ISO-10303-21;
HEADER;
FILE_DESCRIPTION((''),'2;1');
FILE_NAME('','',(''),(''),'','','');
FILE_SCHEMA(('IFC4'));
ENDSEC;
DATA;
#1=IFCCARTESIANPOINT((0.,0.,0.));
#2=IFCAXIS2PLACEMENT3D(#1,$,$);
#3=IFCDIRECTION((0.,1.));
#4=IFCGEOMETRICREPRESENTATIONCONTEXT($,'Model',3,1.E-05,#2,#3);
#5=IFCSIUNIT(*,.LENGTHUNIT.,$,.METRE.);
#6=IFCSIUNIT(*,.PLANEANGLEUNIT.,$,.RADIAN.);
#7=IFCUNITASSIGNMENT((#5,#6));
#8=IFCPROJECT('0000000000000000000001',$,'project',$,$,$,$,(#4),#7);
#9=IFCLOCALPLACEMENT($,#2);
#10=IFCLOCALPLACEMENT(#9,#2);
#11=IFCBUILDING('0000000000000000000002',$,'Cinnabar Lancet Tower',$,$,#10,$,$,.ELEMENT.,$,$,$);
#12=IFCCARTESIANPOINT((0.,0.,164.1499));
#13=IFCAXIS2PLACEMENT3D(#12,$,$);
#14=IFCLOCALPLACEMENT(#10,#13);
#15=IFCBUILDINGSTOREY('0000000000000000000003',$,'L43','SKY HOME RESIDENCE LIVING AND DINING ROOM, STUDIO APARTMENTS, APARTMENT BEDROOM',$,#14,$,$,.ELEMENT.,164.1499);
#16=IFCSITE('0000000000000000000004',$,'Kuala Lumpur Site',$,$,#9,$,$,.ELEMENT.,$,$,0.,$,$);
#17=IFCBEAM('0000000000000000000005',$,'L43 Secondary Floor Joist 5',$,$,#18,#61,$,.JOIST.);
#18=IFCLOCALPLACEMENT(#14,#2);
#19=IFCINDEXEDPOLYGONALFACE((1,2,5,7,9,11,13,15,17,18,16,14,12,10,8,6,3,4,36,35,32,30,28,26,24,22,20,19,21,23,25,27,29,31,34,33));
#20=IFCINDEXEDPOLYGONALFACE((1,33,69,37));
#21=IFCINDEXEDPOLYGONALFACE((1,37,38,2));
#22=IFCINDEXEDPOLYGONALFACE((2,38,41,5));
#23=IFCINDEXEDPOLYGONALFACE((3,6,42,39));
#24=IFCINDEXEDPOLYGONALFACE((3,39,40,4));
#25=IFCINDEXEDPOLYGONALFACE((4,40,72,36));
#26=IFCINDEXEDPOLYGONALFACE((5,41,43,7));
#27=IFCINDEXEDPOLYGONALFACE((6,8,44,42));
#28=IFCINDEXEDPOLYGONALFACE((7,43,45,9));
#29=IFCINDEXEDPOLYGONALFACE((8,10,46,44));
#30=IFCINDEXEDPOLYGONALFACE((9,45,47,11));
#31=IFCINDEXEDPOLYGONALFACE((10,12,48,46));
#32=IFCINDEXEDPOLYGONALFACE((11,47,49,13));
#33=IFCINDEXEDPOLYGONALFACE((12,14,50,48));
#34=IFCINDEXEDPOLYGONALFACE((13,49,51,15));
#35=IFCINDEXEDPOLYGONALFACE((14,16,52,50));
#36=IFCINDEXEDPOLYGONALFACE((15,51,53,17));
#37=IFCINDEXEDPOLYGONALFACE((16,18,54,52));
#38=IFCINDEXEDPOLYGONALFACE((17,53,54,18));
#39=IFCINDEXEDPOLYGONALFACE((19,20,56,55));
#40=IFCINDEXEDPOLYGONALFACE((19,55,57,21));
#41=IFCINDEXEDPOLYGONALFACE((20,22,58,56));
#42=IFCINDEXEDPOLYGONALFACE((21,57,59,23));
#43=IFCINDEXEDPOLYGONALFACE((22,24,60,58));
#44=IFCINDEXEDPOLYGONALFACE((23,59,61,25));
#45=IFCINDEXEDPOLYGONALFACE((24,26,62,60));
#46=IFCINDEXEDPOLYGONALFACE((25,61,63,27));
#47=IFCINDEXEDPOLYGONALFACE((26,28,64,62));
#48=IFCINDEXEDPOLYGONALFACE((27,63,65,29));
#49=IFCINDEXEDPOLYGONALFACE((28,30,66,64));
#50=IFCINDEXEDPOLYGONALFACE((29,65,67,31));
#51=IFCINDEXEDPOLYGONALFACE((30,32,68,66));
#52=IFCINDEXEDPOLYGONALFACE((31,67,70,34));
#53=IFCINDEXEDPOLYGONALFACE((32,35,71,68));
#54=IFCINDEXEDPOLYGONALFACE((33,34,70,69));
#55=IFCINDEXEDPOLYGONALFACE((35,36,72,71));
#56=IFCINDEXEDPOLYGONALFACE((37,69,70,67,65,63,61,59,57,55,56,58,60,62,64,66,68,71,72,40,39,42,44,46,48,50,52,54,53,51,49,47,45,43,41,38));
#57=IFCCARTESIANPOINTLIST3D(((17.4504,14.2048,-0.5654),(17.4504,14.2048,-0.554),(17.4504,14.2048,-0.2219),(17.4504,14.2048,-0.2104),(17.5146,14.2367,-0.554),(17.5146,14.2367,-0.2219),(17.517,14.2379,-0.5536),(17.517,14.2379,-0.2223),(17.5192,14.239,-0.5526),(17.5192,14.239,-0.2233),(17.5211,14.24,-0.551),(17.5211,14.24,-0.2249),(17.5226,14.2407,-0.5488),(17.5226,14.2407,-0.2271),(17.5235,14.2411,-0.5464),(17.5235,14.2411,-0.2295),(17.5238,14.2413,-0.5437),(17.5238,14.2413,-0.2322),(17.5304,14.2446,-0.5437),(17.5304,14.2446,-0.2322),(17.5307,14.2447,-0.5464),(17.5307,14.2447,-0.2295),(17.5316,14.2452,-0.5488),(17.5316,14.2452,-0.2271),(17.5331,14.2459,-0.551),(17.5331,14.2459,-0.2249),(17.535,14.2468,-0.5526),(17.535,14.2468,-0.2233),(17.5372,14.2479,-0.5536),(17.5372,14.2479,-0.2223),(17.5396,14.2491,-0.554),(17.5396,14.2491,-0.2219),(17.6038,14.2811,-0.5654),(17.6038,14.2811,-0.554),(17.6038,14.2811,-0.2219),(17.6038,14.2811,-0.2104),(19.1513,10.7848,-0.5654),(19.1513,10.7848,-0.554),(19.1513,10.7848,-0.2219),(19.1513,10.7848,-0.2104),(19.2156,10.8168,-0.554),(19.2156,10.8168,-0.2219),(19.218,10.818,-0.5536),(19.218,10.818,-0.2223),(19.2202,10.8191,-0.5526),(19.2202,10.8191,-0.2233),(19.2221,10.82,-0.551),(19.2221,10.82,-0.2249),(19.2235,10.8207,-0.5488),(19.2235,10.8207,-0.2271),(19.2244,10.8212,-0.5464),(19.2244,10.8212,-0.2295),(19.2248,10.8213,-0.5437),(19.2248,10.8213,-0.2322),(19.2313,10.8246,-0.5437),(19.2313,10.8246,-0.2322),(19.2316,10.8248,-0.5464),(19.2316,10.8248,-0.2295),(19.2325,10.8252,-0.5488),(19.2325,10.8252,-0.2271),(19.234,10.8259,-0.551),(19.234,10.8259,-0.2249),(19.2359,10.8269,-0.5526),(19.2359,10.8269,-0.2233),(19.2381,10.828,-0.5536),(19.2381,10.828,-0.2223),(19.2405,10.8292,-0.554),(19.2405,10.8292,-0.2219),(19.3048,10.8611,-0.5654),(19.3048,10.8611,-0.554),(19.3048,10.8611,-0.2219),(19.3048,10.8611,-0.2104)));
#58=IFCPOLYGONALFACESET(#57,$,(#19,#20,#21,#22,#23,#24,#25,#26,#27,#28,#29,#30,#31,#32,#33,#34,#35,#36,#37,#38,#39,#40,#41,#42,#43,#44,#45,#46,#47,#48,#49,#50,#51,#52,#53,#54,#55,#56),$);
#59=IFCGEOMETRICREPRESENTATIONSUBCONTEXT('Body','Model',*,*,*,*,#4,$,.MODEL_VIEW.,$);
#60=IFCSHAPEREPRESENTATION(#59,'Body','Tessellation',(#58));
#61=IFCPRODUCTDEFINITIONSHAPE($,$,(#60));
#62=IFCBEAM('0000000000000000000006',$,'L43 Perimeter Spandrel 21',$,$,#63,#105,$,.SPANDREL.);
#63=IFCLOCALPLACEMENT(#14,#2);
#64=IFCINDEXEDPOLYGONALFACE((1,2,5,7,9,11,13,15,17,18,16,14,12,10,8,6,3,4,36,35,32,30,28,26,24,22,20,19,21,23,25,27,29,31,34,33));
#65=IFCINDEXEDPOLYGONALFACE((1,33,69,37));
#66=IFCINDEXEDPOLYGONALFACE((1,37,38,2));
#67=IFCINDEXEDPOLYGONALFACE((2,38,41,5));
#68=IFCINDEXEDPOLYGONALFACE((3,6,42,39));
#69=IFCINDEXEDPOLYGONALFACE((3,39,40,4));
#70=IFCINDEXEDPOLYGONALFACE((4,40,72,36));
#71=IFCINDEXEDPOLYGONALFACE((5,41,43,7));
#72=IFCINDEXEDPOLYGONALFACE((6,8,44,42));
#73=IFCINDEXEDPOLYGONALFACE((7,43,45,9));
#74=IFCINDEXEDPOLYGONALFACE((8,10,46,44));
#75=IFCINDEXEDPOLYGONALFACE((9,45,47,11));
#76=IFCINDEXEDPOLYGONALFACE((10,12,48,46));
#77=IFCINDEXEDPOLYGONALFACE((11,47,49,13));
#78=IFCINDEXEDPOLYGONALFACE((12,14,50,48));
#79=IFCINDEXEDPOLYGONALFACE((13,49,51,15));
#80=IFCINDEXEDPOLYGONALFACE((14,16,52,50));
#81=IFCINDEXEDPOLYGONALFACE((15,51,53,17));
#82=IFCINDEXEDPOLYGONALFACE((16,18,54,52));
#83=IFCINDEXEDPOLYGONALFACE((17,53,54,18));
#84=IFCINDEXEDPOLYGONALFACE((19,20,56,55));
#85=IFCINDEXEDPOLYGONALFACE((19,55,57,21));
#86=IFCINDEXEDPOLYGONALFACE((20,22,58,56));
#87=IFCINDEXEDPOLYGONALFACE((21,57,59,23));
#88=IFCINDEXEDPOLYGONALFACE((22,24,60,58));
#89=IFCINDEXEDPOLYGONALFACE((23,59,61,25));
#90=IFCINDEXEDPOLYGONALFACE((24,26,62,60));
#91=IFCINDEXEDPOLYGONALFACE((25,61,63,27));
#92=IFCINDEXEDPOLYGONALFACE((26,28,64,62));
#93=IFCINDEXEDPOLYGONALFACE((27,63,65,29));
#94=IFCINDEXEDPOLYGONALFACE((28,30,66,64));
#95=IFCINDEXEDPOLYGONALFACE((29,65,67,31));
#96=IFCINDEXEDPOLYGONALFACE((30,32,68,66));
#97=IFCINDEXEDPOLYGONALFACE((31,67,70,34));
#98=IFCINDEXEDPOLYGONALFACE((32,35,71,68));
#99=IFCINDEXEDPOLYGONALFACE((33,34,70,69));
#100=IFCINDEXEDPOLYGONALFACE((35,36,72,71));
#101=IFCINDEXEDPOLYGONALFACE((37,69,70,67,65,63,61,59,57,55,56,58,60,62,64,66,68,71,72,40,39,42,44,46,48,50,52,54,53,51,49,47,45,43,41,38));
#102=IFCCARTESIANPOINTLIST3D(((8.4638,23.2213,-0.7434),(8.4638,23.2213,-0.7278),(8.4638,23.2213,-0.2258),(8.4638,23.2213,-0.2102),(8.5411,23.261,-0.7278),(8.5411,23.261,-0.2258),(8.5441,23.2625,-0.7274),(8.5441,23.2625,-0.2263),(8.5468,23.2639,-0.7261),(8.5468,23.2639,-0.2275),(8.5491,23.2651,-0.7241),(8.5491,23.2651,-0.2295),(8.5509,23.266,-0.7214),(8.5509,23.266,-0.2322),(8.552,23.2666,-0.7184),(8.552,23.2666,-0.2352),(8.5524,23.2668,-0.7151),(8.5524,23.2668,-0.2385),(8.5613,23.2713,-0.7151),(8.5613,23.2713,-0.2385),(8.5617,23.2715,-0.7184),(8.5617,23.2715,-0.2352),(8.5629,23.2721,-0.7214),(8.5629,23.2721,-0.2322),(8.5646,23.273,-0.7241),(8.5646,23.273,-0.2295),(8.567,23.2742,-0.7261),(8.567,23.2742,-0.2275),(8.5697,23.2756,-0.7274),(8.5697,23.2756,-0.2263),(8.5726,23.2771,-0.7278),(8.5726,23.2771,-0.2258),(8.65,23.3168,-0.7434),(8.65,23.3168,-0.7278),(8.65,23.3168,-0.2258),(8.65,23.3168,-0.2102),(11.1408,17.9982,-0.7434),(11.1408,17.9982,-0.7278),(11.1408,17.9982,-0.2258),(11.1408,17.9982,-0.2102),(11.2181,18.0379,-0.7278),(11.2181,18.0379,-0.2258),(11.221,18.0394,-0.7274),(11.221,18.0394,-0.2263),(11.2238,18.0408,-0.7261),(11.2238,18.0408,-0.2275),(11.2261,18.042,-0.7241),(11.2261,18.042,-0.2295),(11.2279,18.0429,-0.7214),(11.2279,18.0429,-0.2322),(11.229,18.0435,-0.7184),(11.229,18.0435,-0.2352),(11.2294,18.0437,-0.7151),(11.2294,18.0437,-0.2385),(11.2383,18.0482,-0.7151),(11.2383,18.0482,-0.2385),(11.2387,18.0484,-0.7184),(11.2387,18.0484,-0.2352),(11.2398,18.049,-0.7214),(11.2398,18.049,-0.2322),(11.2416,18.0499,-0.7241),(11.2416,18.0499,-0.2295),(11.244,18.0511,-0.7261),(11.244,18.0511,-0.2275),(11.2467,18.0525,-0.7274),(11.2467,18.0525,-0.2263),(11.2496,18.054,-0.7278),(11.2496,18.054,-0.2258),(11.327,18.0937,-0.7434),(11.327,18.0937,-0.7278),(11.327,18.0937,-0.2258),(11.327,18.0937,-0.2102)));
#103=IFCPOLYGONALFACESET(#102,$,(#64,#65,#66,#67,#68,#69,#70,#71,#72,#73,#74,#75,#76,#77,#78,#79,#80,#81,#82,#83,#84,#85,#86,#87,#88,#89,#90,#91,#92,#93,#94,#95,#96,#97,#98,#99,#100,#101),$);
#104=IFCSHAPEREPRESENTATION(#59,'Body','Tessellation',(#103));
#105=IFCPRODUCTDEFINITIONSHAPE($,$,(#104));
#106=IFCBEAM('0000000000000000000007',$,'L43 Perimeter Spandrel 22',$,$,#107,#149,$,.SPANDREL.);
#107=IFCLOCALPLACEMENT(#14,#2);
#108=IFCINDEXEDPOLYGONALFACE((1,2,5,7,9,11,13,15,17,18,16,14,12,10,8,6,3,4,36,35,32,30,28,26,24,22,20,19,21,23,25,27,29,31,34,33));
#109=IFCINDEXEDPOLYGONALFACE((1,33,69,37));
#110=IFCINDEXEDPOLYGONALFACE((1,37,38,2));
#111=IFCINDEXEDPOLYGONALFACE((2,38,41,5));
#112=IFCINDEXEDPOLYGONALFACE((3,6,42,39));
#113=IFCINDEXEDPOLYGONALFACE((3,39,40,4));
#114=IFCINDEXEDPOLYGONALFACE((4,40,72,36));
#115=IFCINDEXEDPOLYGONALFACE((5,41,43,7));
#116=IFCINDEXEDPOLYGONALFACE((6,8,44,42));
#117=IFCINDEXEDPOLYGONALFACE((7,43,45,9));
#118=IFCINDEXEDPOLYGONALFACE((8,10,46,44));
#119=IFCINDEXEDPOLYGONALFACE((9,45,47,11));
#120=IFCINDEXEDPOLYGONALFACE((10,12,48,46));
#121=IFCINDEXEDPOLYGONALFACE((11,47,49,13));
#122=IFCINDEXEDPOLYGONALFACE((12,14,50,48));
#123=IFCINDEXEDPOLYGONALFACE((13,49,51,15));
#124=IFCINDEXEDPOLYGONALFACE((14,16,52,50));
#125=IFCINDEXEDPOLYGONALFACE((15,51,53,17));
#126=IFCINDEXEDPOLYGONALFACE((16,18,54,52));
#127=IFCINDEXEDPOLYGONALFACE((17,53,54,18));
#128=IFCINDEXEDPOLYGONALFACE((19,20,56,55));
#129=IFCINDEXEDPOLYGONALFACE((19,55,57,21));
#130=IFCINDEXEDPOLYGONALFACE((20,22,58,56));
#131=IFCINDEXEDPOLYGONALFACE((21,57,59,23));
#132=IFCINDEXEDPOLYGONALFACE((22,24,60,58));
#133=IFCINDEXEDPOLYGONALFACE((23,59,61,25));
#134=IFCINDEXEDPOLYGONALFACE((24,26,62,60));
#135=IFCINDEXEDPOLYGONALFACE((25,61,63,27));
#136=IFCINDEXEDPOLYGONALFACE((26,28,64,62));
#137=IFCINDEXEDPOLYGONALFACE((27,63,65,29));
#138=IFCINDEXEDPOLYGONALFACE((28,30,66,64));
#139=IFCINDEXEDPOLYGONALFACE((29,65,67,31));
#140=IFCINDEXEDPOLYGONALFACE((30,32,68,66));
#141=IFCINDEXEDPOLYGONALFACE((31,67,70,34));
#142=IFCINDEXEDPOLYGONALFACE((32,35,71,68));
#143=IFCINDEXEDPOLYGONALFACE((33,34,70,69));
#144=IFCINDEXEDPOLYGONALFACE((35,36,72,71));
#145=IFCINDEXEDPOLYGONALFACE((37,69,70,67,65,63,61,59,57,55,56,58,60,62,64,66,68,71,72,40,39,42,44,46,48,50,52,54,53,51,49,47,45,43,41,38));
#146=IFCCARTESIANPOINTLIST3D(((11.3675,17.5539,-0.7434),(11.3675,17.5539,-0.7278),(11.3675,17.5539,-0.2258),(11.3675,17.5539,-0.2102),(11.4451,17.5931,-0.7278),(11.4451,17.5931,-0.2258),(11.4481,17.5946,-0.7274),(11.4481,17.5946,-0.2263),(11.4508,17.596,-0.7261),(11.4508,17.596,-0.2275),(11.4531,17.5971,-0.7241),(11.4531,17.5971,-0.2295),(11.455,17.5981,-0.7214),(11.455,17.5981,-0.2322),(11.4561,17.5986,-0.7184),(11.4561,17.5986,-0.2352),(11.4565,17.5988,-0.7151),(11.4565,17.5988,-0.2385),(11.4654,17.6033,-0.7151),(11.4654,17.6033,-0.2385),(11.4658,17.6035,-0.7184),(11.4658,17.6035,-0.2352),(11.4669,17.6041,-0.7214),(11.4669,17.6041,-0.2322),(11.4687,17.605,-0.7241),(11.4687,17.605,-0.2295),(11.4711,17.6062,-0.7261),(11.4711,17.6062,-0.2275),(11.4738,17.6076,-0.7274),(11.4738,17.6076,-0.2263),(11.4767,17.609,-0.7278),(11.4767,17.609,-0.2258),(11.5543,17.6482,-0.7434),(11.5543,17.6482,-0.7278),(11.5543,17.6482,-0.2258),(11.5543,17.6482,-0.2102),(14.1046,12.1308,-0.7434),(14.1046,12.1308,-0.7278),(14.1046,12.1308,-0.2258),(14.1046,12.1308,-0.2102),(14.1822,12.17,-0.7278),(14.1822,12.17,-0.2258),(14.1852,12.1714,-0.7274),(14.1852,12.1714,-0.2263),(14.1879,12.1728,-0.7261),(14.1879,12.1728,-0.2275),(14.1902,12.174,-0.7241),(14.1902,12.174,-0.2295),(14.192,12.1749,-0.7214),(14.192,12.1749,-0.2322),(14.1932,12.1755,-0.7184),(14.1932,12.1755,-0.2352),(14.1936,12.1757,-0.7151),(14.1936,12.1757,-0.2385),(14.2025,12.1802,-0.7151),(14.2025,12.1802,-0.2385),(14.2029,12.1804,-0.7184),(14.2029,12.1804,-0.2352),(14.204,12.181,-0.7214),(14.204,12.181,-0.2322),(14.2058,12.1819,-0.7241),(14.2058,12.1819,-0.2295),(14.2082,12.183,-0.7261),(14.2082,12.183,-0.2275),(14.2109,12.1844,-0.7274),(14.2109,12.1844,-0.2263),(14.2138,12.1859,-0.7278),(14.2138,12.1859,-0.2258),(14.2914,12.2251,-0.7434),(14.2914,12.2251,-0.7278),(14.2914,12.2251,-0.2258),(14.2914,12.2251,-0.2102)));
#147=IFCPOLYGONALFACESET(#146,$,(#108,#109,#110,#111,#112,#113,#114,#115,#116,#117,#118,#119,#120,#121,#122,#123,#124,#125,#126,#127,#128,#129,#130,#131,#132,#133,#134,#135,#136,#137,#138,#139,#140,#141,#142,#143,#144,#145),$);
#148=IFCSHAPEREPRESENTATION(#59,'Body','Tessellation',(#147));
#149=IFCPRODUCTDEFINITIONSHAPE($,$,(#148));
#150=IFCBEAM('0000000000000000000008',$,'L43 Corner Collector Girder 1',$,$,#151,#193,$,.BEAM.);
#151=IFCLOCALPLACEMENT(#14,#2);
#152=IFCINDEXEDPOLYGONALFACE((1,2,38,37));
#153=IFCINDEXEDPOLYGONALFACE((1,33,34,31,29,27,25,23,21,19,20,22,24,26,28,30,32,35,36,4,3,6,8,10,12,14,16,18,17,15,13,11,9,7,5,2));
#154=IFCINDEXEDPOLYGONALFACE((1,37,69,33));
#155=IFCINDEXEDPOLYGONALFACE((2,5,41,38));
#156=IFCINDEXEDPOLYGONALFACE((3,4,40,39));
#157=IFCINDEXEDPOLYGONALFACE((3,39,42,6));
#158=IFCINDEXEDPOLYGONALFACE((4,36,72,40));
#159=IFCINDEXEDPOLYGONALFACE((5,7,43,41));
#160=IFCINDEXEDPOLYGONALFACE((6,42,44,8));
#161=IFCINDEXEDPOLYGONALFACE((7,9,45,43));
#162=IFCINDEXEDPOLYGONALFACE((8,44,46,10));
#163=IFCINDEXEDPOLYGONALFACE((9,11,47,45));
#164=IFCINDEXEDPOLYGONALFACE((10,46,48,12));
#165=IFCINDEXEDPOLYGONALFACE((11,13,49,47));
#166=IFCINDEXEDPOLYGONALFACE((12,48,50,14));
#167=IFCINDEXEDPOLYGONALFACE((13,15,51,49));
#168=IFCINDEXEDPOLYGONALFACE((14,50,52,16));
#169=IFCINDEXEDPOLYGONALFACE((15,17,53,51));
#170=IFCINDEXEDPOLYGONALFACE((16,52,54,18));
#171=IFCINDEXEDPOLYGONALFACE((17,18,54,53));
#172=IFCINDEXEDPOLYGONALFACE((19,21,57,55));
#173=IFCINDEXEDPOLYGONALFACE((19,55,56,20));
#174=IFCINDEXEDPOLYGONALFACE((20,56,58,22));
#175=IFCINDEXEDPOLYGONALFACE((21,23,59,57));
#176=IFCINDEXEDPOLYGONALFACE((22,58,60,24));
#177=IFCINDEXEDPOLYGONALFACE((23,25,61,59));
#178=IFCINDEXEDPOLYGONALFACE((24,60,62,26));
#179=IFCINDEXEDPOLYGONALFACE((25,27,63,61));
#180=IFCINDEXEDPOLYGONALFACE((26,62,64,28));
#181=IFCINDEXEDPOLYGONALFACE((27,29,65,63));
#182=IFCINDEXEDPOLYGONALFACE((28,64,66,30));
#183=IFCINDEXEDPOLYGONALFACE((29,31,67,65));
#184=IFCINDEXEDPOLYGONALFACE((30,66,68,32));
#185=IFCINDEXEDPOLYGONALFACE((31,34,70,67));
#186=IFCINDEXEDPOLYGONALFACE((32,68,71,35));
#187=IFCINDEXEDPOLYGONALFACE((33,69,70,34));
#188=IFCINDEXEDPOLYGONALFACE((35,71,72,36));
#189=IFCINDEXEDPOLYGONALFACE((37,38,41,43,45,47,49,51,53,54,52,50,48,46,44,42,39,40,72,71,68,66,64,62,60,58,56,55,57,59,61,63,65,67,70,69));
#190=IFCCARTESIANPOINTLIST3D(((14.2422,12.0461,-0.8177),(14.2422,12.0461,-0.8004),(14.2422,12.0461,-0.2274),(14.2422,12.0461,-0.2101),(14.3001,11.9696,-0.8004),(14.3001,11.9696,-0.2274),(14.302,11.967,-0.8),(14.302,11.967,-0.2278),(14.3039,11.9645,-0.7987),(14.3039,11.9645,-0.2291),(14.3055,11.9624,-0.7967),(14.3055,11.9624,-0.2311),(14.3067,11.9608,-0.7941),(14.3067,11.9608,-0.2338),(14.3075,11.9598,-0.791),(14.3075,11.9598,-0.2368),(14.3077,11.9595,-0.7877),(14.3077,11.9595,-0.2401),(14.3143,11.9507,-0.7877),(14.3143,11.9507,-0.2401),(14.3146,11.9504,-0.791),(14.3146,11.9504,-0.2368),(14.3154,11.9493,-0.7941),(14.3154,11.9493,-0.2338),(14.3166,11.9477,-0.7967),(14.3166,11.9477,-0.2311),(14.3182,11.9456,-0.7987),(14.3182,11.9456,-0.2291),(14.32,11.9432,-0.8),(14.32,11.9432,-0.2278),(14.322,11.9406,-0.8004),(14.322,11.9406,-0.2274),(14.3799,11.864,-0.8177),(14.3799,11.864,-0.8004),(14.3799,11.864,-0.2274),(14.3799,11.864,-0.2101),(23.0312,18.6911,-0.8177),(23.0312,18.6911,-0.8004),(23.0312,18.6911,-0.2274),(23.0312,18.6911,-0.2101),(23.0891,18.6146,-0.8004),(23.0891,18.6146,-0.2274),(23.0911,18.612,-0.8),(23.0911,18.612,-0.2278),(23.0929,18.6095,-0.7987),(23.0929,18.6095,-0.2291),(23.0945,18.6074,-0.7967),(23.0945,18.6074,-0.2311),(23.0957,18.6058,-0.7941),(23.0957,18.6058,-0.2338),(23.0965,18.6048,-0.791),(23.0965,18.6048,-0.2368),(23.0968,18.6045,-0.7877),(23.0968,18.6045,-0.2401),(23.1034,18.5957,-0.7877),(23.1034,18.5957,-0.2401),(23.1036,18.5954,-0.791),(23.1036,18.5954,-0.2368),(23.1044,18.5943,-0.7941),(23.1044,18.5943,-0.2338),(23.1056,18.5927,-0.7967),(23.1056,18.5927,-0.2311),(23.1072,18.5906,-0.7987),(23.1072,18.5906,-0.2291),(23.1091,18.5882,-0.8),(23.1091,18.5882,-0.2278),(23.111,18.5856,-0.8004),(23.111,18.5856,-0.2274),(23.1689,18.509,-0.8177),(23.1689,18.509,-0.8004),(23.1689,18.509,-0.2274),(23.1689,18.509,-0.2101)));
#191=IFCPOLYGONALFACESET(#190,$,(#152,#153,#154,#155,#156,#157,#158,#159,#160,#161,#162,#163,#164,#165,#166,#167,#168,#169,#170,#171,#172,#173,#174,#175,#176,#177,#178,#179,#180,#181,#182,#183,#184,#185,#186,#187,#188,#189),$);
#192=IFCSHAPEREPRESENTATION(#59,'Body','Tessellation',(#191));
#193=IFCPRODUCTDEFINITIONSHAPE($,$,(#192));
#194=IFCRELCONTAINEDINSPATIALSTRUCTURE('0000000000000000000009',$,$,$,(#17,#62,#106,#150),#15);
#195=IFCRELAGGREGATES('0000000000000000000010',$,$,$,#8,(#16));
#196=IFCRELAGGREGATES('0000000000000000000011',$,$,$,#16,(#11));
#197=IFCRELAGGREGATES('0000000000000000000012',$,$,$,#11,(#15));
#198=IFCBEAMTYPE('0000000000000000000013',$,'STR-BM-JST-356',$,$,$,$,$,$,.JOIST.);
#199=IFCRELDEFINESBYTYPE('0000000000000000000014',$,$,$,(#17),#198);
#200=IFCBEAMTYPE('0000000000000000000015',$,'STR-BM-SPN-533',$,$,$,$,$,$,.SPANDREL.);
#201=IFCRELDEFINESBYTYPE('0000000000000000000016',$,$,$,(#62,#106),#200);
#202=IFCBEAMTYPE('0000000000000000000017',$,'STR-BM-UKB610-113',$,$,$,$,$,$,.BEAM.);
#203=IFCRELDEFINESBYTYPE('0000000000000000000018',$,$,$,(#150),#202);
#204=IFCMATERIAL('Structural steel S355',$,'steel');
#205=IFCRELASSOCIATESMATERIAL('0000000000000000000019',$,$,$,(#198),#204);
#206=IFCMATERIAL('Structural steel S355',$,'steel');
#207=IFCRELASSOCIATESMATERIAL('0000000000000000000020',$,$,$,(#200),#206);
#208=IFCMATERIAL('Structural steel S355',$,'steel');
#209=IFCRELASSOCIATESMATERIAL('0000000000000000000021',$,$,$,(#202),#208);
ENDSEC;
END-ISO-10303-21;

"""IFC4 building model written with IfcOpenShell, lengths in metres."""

from ifc_helpers import new_model, si_unit, direction, frame, origin, origin_2d, place, context, subcontext, project, spatial, i_section, extrude, material, material_profile, profile_set, type_object, element, save


model = new_model("IFC4")

# Units and contexts
model_context = context("Model", 3, precision=1e-05, world=origin(), true_north=direction((0.0, 1.0)))
body_context = subcontext(model_context, "Body", "Model", "MODEL_VIEW")
ifc_project = project(units=[si_unit("LENGTHUNIT", "METRE"), si_unit("PLANEANGLEUNIT", "RADIAN")], contexts=[model_context])

# Site, building, storey
site_placement = place(None, origin())
site = spatial("IfcSite", under=ifc_project, at=site_placement, Name="Kuala Lumpur Site", CompositionType="ELEMENT", RefElevation=0.0)
building_placement = place(site_placement, origin())
building = spatial("IfcBuilding", under=site, at=building_placement, Name="Cinnabar Lancet Tower", CompositionType="ELEMENT")
storey_placement = place(building_placement, frame((0.0, 0.0, 164.1499)))
storey = spatial("IfcBuildingStorey", under=building, at=storey_placement, Name="L43", Description="SKY HOME RESIDENCE LIVING AND DINING ROOM, STUDIO APARTMENTS, APARTMENT BEDROOM", CompositionType="ELEMENT", Elevation=164.1499)

# Beams
ifc_material_1 = material(Name="Structural steel S355", Category="steel")
ifc_material_profile_1 = material_profile(ifc_material_1, i_section(OverallWidth=0.1714, OverallDepth=0.355, WebThickness=0.0073, FlangeThickness=0.0115, FilletRadius=0.0103, at=origin_2d()), Name="UKB 356x171x51")
ifc_profile_set_1 = profile_set([ifc_material_profile_1], Name="Structural steel S355")
beam_type_1 = type_object("IfcBeamType", Name="STR-BM-JST-356", PredefinedType="JOIST", material=ifc_profile_set_1)
beam_1_placement = place(storey_placement, frame((17.5271, 14.2429, -0.3879), z_axis=(0.445321, -0.895371, 0.0), x_axis=(0.895371, 0.445321, 0.0)))
element("IfcBeam", 1, at=beam_1_placement, inside=storey, type_object=beam_type_1, Name="L43 Secondary Floor Joist 5", PredefinedType="JOIST", context=body_context, shape_type="SweptSolid", body=[
    extrude(i_section(OverallWidth=0.1714, OverallDepth=0.355, WebThickness=0.0073, FlangeThickness=0.0115, FilletRadius=0.0103, at=origin_2d()), origin(), (0.0, 0.0, 1.0), 3.8196),
])
ifc_material_2 = material(Name="Structural steel S355", Category="steel")
ifc_material_profile_2 = material_profile(ifc_material_2, i_section(OverallWidth=0.2092, OverallDepth=0.5332, WebThickness=0.01, FlangeThickness=0.0156, FilletRadius=0.0127, at=origin_2d()), Name="UKB 533x210x92")
ifc_profile_set_2 = profile_set([ifc_material_profile_2], Name="Structural steel S355")
beam_type_2 = type_object("IfcBeamType", Name="STR-BM-SPN-533", PredefinedType="SPANDREL", material=ifc_profile_set_2)
beam_2_placement = place(storey_placement, frame((8.5569, 23.269, -0.4768), z_axis=(0.45611, -0.889924, 0.0), x_axis=(0.889924, 0.45611, 0.0)))
element("IfcBeam", 2, at=beam_2_placement, inside=storey, type_object=beam_type_2, Name="L43 Perimeter Spandrel 21", PredefinedType="SPANDREL", context=body_context, shape_type="SweptSolid", body=[
    extrude(i_section(OverallWidth=0.2092, OverallDepth=0.5332, WebThickness=0.01, FlangeThickness=0.0156, FilletRadius=0.0127, at=origin_2d()), origin(), (0.0, 0.0, 1.0), 5.8691),
])
beam_3_placement = place(storey_placement, frame((11.4609, 17.6011, -0.4768), z_axis=(0.45057, -0.892741, 0.0), x_axis=(0.892741, 0.45057, 0.0)))
element("IfcBeam", 3, at=beam_3_placement, inside=storey, type_object=beam_type_2, Name="L43 Perimeter Spandrel 22", PredefinedType="SPANDREL", context=body_context, shape_type="SweptSolid", body=[
    extrude(i_section(OverallWidth=0.2092, OverallDepth=0.5332, WebThickness=0.01, FlangeThickness=0.0156, FilletRadius=0.0127, at=origin_2d()), origin(), (0.0, 0.0, 1.0), 6.0747),
])
ifc_material_3 = material(Name="Structural steel S355", Category="steel")
ifc_material_profile_3 = material_profile(ifc_material_3, i_section(OverallWidth=0.2283, OverallDepth=0.6077, WebThickness=0.011, FlangeThickness=0.0173, FilletRadius=0.0127, at=origin_2d()), Name="UKB 610x229x113")
ifc_profile_set_3 = profile_set([ifc_material_profile_3], Name="Structural steel S355")
beam_type_3 = type_object("IfcBeamType", Name="STR-BM-UKB610-113", PredefinedType="BEAM", material=ifc_profile_set_3)
beam_4_placement = place(storey_placement, frame((14.311, 11.9551, -0.5139), z_axis=(0.797675, 0.603087, 0.0), x_axis=(-0.603087, 0.797675, 0.0)))
element("IfcBeam", 4, at=beam_4_placement, inside=storey, type_object=beam_type_3, Name="L43 Corner Collector Girder 1", PredefinedType="BEAM", context=body_context, shape_type="SweptSolid", body=[
    extrude(i_section(OverallWidth=0.2283, OverallDepth=0.6077, WebThickness=0.011, FlangeThickness=0.0173, FilletRadius=0.0127, at=origin_2d()), origin(), (0.0, 0.0, 1.0), 11.0183),
])

save(model, "model.ifc")
